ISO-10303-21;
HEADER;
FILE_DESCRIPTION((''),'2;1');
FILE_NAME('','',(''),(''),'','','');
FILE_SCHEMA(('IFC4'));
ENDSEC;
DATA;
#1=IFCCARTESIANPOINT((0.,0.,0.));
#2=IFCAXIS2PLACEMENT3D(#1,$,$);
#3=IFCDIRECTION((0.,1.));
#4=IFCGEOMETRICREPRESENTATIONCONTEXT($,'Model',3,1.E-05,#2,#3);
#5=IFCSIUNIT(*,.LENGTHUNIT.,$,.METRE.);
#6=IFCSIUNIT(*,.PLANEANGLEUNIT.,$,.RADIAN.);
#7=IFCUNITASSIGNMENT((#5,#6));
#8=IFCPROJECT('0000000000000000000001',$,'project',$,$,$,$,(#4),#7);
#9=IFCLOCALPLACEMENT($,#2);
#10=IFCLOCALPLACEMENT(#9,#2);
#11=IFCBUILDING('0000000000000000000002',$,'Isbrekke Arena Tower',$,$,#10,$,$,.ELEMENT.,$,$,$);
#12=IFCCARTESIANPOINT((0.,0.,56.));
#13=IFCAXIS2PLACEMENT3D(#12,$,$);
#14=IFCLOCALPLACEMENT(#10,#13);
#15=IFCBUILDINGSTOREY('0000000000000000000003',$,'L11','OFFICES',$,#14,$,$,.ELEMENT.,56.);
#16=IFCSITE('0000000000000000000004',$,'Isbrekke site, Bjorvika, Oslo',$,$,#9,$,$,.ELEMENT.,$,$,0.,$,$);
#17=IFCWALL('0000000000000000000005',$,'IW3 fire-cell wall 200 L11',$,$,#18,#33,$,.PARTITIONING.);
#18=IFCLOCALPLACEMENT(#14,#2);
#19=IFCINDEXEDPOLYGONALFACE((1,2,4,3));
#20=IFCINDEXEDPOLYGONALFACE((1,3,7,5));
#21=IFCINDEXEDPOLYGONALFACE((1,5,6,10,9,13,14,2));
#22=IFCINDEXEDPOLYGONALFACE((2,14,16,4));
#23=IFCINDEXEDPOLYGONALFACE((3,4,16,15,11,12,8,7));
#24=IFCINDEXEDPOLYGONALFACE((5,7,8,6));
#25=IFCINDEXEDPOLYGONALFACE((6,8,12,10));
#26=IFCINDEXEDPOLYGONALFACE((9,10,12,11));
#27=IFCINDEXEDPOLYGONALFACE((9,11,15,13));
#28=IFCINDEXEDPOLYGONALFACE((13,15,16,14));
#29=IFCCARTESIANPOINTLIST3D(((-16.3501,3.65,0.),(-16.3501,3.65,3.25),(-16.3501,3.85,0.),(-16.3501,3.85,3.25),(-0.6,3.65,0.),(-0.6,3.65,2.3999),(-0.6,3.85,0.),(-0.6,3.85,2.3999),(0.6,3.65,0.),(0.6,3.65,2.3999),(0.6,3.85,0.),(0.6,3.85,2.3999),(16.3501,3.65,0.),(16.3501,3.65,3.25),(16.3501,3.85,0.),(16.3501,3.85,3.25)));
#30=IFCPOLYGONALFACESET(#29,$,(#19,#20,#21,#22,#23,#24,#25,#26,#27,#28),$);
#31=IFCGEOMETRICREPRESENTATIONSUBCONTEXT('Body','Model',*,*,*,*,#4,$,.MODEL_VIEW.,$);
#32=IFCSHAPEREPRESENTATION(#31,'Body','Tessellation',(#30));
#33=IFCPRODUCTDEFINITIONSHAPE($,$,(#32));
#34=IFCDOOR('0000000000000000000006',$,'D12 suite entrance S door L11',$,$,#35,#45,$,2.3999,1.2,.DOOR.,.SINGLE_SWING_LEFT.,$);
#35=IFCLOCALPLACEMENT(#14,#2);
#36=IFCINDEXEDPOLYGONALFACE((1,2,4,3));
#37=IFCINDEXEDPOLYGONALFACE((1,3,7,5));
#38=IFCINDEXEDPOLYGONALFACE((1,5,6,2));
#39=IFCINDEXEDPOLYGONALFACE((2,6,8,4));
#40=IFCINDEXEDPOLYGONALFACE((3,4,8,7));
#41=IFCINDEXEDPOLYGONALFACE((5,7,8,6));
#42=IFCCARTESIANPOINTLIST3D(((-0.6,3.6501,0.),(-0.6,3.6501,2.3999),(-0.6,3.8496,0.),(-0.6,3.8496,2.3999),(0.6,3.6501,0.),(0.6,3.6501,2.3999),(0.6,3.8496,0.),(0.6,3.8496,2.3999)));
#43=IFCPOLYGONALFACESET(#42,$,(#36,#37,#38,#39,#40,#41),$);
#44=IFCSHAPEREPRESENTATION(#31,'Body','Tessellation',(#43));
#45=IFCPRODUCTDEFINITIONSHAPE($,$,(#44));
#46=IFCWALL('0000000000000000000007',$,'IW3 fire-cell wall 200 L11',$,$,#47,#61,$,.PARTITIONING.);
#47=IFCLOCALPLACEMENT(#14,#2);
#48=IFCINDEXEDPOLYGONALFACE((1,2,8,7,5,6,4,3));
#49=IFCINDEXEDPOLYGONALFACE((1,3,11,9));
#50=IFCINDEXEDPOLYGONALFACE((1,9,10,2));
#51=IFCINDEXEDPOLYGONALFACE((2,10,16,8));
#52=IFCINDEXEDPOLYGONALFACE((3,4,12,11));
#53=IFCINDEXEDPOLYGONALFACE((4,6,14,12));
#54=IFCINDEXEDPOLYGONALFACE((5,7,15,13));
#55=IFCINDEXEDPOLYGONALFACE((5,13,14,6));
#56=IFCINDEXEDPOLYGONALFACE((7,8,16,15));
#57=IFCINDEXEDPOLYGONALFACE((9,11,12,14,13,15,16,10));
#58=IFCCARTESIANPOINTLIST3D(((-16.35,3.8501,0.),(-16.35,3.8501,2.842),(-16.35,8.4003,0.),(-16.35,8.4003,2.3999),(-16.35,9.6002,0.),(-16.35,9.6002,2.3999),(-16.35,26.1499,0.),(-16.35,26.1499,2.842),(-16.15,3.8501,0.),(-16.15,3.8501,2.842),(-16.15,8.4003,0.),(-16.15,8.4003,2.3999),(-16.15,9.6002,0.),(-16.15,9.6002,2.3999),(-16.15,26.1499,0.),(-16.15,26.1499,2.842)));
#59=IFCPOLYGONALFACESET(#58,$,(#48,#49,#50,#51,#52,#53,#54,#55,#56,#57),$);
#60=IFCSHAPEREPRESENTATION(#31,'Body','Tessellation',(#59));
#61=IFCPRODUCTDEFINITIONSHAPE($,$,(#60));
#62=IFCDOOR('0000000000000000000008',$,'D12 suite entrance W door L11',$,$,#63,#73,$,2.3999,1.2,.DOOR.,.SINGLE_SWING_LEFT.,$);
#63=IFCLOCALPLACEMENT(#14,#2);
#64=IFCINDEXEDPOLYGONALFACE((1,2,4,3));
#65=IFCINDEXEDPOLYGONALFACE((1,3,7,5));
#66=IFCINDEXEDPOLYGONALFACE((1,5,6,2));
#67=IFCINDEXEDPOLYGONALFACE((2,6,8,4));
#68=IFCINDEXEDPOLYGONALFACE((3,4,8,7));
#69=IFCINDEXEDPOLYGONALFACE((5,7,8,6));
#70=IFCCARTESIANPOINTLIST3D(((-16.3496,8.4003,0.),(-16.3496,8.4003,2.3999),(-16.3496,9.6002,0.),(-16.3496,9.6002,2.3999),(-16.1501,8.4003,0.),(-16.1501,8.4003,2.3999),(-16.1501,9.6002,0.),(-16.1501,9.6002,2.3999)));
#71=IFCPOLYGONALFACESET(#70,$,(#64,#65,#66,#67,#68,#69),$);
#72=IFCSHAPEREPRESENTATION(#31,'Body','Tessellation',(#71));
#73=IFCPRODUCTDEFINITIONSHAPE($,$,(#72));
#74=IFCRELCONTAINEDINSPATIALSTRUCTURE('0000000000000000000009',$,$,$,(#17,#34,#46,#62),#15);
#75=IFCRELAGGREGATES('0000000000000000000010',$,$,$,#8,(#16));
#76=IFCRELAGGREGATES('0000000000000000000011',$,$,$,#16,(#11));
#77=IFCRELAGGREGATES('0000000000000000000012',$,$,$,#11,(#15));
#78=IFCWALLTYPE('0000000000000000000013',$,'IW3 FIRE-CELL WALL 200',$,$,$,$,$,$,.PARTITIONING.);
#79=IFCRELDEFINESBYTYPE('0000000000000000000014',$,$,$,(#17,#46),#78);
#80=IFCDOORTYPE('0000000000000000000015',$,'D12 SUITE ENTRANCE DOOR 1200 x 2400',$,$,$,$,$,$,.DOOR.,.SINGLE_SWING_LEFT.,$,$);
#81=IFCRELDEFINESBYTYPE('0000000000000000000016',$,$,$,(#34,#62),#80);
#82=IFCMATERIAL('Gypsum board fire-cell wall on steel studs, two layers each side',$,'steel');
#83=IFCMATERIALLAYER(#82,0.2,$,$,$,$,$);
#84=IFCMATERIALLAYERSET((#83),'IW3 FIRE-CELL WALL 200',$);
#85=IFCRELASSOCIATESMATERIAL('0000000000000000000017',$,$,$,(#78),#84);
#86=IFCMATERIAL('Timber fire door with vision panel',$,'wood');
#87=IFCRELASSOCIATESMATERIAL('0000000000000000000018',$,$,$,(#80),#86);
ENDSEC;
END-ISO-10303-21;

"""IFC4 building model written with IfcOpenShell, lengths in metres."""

from ifc_helpers import new_model, si_unit, direction, frame, frame_2d, origin, place, context, subcontext, project, spatial, rectangle, extrude, material, layer, layer_set, type_object, element, fill, save


model = new_model("IFC4")

# Units and contexts
model_context = context("Model", 3, precision=1e-05, world=origin(), true_north=direction((0.0, 1.0)))
body_context = subcontext(model_context, "Body", "Model", "MODEL_VIEW")
ifc_project = project(units=[si_unit("LENGTHUNIT", "METRE"), si_unit("PLANEANGLEUNIT", "RADIAN")], contexts=[model_context])

# Site, building, storey
site_placement = place(None, origin())
site = spatial("IfcSite", under=ifc_project, at=site_placement, Name="Isbrekke site, Bjorvika, Oslo", CompositionType="ELEMENT", RefElevation=0.0)
building_placement = place(site_placement, origin())
building = spatial("IfcBuilding", under=site, at=building_placement, Name="Isbrekke Arena Tower", CompositionType="ELEMENT")
storey_placement = place(building_placement, frame((0.0, 0.0, 56.0)))
storey = spatial("IfcBuildingStorey", under=building, at=storey_placement, Name="L11", Description="OFFICES", CompositionType="ELEMENT", Elevation=56.0)

# Walls, openings, doors
ifc_material_1 = material(Name="Gypsum board fire-cell wall on steel studs, two layers each side", Category="steel")
ifc_layer_1 = layer(ifc_material_1, 0.2)
ifc_layer_set_1 = layer_set([ifc_layer_1], Name="IW3 FIRE-CELL WALL 200")
wall_type_1 = type_object("IfcWallType", Name="IW3 FIRE-CELL WALL 200", PredefinedType="PARTITIONING", material=ifc_layer_set_1)
wall_1_placement = place(storey_placement, frame((-16.3501, 3.75, 0.0), z_axis=(0.0, 0.0, 1.0), x_axis=(1.0, 0.0, 0.0)))
wall_1 = element("IfcWall", 1, at=wall_1_placement, inside=storey, type_object=wall_type_1, Name="IW3 fire-cell wall 200 L11", PredefinedType="PARTITIONING", context=body_context, shape_type="SweptSolid", body=[
    extrude(rectangle(XDim=32.7002, YDim=0.2, at=frame_2d((16.3501, 0.0))), origin(), (0.0, 0.0, 1.0), 3.25),
])
opening_1_placement = place(wall_1_placement, frame((15.75, 0.0, 0.0)))
opening_1 = element("IfcOpeningElement", 2, at=opening_1_placement, cuts=wall_1, PredefinedType="OPENING", context=body_context, shape_type="SweptSolid", body=[
    extrude(rectangle(XDim=1.2, YDim=2.3999, at=frame_2d((0.6001, 1.2))), frame((0.0, 0.1147, 0.0), z_axis=(0.0, -1.0, 0.0), x_axis=(1.0, 0.0, 0.0)), (0.0, 0.0, 1.0), 0.2297),
])
ifc_material_2 = material(Name="Timber fire door with vision panel", Category="wood")
door_type_1 = type_object("IfcDoorType", Name="D12 SUITE ENTRANCE DOOR 1200 x 2400", OperationType="SINGLE_SWING_LEFT", PredefinedType="DOOR", material=ifc_material_2)
door_1_placement = place(opening_1_placement, origin())
door_1 = element("IfcDoor", 3, at=door_1_placement, inside=storey, type_object=door_type_1, Name="D12 suite entrance S door L11", OperationType="SINGLE_SWING_LEFT", OverallHeight=2.3999, OverallWidth=1.2, PredefinedType="DOOR", context=body_context, shape_type="SweptSolid", body=[
    extrude(rectangle(XDim=1.2, YDim=2.3999, at=frame_2d((0.6001, 1.2))), frame((0.0, 0.0996, 0.0), z_axis=(0.0, -1.0, 0.0), x_axis=(1.0, 0.0, 0.0)), (0.0, 0.0, 1.0), 0.1995),
])
fill(opening_1, door_1)
wall_2_placement = place(storey_placement, frame((-16.25, 3.8501, 0.0), z_axis=(0.0, 0.0, 1.0), x_axis=(0.0, 1.0, 0.0)))
wall_2 = element("IfcWall", 4, at=wall_2_placement, inside=storey, type_object=wall_type_1, Name="IW3 fire-cell wall 200 L11", PredefinedType="PARTITIONING", context=body_context, shape_type="SweptSolid", body=[
    extrude(rectangle(XDim=22.2998, YDim=0.2, at=frame_2d((11.1499, 0.0))), origin(), (0.0, 0.0, 1.0), 2.842),
])
opening_2_placement = place(wall_2_placement, frame((4.55, 0.0, 0.0)))
opening_2 = element("IfcOpeningElement", 5, at=opening_2_placement, cuts=wall_2, PredefinedType="OPENING", context=body_context, shape_type="SweptSolid", body=[
    extrude(rectangle(XDim=1.2, YDim=2.3999, at=frame_2d((0.6001, 1.2))), frame((0.0, 0.1147, 0.0), z_axis=(0.0, -1.0, 0.0), x_axis=(1.0, 0.0, 0.0)), (0.0, 0.0, 1.0), 0.2297),
])
door_2_placement = place(opening_2_placement, origin())
door_2 = element("IfcDoor", 6, at=door_2_placement, inside=storey, type_object=door_type_1, Name="D12 suite entrance W door L11", OperationType="SINGLE_SWING_LEFT", OverallHeight=2.3999, OverallWidth=1.2, PredefinedType="DOOR", context=body_context, shape_type="SweptSolid", body=[
    extrude(rectangle(XDim=1.2, YDim=2.3999, at=frame_2d((0.6001, 1.2))), frame((0.0, 0.0996, 0.0), z_axis=(0.0, -1.0, 0.0), x_axis=(1.0, 0.0, 0.0)), (0.0, 0.0, 1.0), 0.1995),
])
fill(opening_2, door_2)

save(model, "model.ifc")
